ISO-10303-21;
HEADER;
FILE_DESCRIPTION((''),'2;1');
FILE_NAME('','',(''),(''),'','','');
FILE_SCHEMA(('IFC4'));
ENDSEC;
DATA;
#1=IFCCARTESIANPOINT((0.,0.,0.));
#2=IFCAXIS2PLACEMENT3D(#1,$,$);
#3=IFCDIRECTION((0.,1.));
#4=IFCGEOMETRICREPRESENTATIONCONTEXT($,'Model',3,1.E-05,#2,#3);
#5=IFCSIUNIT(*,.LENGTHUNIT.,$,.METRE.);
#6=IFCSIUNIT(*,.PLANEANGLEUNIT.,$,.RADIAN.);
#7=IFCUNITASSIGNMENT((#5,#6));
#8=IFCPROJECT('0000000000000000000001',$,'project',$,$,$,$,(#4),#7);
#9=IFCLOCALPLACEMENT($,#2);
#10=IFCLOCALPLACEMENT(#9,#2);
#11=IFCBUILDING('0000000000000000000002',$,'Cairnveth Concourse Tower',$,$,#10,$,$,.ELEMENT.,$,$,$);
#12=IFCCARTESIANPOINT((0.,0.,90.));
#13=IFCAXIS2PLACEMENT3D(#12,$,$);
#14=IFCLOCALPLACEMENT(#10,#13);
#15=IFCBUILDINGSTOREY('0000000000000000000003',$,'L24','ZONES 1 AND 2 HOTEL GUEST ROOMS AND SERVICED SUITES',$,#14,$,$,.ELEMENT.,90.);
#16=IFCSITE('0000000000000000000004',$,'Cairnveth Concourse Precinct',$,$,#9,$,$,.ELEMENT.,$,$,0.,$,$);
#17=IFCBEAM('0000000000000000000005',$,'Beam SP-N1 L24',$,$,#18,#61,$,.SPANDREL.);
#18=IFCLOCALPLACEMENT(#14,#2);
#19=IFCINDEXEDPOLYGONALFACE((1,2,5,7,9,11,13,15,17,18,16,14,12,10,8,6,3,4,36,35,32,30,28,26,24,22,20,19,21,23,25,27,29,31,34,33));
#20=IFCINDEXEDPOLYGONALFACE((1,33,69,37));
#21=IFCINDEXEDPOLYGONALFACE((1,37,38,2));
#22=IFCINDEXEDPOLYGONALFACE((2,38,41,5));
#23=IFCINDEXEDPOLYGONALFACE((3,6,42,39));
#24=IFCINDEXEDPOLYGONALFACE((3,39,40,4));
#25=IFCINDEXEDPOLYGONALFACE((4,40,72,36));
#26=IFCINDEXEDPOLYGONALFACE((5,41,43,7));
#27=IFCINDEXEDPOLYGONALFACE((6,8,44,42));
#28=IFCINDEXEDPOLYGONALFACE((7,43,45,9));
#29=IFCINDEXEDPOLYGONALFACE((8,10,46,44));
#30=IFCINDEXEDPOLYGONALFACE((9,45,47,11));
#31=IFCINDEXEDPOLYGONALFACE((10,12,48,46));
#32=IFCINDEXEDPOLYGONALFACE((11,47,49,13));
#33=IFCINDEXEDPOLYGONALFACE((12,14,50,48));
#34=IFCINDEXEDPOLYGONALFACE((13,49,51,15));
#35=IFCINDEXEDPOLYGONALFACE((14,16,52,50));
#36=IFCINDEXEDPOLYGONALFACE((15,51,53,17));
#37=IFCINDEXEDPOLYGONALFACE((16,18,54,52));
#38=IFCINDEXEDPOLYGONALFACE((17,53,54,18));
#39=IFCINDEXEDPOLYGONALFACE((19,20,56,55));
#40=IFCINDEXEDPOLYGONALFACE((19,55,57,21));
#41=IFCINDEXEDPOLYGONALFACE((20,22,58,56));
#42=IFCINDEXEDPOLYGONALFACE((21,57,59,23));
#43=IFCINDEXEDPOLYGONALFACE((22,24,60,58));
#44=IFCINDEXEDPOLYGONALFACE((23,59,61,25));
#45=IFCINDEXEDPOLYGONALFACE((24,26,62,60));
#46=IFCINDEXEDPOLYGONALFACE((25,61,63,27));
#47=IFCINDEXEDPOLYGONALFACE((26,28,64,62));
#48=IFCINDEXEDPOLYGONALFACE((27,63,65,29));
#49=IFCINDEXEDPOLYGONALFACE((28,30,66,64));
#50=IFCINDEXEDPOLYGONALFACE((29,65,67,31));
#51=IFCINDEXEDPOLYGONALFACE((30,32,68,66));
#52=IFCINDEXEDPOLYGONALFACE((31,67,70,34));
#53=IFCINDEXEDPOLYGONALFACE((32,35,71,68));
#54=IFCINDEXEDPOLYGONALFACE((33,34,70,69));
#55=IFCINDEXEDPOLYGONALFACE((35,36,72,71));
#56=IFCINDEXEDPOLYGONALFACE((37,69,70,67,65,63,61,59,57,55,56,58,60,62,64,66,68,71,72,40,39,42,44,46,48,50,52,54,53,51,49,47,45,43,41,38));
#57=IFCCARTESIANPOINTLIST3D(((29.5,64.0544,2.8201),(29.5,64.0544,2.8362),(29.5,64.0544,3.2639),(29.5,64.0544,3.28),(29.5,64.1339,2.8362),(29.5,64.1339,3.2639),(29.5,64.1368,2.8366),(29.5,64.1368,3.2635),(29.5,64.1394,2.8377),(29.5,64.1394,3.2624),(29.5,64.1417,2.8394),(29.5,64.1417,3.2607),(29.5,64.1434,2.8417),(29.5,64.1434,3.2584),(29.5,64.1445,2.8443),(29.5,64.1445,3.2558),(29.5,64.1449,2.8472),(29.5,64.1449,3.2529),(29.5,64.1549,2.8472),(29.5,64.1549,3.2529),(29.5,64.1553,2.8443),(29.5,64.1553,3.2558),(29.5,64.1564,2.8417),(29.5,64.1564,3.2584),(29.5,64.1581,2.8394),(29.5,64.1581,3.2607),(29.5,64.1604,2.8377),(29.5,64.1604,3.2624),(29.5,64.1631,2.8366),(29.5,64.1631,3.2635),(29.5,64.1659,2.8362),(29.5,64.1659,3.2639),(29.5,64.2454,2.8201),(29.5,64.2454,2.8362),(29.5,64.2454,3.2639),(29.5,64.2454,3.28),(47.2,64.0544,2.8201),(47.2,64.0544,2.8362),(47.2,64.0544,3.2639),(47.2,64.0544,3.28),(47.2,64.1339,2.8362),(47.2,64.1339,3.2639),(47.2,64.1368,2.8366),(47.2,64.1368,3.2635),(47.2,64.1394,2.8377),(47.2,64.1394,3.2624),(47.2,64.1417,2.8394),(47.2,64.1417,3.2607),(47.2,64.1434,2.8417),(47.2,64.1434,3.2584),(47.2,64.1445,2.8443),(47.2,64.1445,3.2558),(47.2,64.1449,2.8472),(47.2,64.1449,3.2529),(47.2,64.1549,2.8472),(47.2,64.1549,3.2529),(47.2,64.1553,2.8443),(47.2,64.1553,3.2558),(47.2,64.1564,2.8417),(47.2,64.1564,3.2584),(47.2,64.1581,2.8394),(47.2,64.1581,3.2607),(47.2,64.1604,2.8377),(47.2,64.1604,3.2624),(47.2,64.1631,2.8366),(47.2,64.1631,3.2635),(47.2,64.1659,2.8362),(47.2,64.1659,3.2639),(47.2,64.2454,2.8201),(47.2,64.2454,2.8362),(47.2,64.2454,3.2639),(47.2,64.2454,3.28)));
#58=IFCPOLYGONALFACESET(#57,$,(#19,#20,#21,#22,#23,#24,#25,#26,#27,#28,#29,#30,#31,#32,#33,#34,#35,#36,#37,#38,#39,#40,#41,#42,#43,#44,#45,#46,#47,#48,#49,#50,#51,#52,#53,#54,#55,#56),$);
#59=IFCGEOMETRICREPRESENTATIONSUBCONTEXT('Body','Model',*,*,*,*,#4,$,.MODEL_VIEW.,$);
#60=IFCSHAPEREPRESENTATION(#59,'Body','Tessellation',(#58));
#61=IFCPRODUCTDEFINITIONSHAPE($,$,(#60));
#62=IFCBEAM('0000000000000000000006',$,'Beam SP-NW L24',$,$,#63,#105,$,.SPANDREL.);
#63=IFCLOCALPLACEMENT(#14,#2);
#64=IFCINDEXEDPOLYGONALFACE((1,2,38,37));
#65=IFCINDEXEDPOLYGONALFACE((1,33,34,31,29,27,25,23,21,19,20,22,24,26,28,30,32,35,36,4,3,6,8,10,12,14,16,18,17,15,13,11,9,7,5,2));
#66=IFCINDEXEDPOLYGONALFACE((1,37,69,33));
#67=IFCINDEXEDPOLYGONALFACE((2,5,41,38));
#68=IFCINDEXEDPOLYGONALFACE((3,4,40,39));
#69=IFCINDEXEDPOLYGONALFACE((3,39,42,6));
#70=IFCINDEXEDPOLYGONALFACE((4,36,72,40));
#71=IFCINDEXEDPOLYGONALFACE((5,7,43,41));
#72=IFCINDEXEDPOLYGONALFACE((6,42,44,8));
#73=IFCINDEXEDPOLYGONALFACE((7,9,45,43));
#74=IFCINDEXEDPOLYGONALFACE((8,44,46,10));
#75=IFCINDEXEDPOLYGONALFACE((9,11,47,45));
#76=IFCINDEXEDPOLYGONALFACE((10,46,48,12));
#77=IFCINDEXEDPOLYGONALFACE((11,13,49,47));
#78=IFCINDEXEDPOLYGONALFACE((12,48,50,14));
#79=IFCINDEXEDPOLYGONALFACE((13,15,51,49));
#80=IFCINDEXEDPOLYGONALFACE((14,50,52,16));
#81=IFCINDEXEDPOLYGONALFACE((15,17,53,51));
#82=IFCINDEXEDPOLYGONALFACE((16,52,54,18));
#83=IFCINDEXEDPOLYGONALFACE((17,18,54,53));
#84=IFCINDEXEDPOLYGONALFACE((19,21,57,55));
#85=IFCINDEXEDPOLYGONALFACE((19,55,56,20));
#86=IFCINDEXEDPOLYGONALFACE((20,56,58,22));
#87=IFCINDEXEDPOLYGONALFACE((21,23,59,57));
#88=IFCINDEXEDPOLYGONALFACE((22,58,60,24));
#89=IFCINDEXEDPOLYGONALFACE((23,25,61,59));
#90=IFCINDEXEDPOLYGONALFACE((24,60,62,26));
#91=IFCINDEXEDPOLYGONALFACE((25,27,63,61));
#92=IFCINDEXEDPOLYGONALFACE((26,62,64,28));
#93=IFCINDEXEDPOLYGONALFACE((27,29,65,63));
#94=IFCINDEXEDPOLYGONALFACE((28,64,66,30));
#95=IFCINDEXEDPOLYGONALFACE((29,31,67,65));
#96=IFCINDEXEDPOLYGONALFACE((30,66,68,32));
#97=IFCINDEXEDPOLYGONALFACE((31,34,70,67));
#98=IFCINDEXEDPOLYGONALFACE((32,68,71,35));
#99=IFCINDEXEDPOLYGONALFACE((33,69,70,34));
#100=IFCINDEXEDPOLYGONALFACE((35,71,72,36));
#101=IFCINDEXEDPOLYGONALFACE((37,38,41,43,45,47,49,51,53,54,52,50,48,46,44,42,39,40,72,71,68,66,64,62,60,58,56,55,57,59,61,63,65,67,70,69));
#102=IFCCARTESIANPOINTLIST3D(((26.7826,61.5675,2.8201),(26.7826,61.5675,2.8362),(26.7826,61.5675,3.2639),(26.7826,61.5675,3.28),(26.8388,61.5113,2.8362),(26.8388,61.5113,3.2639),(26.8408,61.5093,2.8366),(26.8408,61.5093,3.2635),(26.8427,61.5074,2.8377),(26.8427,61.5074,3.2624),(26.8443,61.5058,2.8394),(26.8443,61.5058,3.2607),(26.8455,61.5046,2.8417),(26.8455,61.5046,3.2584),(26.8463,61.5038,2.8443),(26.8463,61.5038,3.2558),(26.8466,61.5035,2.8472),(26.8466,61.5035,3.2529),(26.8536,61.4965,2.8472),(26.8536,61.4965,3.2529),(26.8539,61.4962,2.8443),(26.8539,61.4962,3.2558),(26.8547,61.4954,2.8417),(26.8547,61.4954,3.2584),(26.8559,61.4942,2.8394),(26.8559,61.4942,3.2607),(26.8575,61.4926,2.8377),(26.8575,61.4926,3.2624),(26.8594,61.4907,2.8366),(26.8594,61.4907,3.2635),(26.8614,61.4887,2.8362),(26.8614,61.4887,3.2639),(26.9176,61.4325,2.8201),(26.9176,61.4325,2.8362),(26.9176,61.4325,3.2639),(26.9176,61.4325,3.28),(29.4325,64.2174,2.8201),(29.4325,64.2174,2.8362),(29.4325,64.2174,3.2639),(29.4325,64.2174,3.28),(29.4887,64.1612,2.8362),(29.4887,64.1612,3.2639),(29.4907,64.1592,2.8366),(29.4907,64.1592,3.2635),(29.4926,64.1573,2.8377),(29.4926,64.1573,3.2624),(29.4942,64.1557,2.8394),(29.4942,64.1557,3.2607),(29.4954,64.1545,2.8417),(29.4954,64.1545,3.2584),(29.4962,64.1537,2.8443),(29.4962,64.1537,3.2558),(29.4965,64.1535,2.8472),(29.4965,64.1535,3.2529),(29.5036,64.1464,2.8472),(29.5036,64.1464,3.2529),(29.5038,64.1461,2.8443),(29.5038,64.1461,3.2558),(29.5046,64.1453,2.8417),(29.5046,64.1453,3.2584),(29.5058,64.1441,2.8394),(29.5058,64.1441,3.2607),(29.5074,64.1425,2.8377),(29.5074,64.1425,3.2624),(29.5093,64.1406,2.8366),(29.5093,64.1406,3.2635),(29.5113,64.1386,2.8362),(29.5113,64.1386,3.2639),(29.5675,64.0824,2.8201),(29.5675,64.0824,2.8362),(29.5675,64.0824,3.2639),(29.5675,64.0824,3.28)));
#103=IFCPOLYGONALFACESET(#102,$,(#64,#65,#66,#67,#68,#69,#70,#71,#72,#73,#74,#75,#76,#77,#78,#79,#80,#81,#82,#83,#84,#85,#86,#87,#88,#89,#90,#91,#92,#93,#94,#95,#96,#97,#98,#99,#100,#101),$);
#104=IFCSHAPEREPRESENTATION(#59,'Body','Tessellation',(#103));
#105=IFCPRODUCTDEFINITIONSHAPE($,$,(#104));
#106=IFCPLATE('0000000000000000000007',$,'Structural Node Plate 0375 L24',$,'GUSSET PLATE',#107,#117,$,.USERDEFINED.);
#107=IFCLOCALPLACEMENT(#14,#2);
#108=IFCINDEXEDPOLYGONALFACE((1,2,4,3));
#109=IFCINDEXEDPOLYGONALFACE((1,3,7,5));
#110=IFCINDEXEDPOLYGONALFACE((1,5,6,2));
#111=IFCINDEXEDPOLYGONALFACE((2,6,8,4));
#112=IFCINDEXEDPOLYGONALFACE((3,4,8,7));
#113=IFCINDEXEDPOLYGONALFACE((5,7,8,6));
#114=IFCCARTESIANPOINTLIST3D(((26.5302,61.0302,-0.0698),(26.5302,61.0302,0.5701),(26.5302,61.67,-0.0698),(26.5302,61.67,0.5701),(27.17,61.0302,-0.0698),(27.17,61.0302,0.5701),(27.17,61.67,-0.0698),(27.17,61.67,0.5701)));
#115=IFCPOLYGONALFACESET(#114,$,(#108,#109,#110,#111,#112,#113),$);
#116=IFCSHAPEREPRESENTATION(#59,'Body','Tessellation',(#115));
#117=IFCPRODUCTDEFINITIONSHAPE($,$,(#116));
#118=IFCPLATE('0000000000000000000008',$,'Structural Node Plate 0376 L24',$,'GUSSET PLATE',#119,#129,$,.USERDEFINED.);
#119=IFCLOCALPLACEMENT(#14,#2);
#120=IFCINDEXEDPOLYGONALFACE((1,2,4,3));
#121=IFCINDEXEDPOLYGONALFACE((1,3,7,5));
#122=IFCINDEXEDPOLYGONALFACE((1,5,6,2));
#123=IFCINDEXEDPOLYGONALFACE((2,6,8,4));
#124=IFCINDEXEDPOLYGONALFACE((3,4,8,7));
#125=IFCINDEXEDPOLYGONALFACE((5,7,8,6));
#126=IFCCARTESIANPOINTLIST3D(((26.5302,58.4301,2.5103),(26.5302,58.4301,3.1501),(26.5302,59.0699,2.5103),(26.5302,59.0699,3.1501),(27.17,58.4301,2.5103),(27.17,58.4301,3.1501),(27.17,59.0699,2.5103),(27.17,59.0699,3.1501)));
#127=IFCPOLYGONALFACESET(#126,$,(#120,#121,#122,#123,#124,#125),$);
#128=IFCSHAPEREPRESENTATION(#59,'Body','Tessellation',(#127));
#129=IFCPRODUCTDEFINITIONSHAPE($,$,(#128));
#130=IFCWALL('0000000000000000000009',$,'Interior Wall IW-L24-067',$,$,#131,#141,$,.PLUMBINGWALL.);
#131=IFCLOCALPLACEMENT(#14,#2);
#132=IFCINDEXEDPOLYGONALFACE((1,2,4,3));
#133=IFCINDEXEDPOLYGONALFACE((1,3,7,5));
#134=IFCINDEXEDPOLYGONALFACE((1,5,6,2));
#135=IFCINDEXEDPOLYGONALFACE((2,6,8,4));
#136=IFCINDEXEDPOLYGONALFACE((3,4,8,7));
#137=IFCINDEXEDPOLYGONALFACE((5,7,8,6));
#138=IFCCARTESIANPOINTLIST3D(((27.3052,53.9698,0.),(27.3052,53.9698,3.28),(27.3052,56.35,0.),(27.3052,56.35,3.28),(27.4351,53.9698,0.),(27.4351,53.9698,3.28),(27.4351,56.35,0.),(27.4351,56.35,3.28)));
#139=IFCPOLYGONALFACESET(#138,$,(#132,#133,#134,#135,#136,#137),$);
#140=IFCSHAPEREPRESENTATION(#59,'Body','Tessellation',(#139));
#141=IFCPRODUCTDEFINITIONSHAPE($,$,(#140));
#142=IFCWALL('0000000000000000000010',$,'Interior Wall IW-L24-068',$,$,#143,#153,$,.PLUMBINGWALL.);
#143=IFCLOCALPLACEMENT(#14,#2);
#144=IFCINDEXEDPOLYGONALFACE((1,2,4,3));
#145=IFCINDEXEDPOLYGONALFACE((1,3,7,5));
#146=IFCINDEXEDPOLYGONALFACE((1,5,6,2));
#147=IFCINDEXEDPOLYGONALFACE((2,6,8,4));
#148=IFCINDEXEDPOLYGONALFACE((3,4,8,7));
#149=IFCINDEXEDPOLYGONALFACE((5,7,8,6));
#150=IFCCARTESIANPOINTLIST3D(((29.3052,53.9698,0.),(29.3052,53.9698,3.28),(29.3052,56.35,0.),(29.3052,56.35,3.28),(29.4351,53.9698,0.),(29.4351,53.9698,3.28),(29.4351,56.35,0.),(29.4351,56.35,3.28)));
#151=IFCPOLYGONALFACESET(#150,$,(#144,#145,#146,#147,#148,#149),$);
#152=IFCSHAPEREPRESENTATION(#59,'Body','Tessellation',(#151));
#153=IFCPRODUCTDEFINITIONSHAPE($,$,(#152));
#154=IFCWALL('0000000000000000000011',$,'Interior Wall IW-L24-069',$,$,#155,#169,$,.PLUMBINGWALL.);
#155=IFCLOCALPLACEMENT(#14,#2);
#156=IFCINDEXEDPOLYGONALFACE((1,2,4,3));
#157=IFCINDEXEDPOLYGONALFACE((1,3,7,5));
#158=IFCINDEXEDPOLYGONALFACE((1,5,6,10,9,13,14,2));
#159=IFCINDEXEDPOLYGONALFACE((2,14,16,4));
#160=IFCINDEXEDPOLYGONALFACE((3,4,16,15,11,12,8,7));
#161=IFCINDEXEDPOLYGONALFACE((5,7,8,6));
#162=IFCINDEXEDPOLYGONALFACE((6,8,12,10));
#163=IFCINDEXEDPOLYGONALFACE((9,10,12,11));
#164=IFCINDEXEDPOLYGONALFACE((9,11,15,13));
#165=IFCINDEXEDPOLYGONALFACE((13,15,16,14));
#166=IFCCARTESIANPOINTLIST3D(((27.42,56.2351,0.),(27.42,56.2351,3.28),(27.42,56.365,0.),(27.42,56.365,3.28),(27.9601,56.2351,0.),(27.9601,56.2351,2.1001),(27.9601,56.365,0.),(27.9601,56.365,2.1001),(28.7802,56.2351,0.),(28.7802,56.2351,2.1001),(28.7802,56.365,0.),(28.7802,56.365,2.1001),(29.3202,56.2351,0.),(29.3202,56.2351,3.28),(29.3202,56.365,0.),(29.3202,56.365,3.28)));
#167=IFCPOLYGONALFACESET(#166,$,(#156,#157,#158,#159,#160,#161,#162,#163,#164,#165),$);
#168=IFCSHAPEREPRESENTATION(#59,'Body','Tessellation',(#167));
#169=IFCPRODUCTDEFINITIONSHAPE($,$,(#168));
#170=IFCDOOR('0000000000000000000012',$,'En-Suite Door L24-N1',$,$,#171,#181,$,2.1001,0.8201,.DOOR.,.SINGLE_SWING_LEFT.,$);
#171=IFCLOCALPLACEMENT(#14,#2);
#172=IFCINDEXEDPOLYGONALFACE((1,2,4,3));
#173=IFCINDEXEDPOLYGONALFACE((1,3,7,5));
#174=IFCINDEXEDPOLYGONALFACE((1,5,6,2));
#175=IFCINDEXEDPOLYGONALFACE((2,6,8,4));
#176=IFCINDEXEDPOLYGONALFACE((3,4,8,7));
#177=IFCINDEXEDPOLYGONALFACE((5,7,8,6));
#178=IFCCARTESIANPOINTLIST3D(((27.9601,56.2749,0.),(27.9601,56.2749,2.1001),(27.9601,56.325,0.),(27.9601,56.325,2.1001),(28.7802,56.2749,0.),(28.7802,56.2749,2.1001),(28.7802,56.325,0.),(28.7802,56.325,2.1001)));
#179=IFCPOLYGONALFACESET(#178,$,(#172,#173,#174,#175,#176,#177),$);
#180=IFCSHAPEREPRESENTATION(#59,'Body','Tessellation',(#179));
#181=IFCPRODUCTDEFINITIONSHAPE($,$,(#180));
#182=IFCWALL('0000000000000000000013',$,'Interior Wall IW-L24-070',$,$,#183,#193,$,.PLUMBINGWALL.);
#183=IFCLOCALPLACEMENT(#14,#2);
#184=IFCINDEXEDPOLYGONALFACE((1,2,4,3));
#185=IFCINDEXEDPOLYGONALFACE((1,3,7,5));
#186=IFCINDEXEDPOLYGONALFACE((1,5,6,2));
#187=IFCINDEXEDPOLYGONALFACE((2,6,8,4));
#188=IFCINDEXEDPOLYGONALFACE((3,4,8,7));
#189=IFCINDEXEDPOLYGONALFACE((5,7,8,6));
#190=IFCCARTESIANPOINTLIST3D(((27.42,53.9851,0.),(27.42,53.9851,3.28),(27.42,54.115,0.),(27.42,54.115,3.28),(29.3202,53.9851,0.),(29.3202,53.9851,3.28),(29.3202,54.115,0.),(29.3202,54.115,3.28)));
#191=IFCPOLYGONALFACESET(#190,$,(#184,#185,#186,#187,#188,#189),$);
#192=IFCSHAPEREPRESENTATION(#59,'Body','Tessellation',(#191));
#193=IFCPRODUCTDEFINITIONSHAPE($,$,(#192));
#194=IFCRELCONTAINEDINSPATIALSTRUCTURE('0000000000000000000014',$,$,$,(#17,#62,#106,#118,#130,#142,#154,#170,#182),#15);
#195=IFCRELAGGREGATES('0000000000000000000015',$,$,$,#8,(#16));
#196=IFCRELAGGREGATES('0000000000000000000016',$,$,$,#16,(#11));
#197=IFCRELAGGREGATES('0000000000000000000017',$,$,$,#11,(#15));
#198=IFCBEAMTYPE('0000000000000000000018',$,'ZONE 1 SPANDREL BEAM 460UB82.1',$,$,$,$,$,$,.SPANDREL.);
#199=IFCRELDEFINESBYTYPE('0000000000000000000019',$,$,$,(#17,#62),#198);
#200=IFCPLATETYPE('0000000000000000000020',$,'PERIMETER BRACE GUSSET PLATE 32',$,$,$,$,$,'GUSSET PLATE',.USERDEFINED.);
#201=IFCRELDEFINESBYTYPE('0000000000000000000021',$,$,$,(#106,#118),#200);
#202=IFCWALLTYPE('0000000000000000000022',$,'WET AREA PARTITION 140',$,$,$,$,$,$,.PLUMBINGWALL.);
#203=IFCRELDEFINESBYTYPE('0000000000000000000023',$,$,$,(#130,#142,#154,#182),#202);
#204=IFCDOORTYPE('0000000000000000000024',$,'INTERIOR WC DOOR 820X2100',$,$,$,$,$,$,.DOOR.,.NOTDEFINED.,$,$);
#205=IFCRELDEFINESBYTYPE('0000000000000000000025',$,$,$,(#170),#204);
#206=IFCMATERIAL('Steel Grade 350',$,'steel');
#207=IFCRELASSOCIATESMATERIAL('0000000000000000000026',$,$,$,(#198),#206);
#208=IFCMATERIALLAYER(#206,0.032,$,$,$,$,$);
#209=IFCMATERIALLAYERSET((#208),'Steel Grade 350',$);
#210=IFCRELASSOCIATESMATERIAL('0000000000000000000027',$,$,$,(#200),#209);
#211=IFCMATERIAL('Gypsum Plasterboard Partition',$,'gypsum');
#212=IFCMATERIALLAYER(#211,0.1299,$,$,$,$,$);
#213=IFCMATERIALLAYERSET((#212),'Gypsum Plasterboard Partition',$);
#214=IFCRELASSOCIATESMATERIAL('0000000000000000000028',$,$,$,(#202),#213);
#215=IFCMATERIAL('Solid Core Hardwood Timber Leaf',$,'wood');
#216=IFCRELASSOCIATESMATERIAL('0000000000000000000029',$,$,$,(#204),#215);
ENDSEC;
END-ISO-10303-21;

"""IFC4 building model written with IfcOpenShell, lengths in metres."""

from ifc_helpers import new_model, si_unit, direction, frame, frame_2d, origin, origin_2d, place, context, subcontext, project, spatial, rectangle, i_section, extrude, material, layer, layer_set, material_profile, profile_set, type_object, element, fill, save


model = new_model("IFC4")

# Units and contexts
model_context = context("Model", 3, precision=1e-05, world=origin(), true_north=direction((0.0, 1.0)))
body_context = subcontext(model_context, "Body", "Model", "MODEL_VIEW")
ifc_project = project(units=[si_unit("LENGTHUNIT", "METRE"), si_unit("PLANEANGLEUNIT", "RADIAN")], contexts=[model_context])

# Site, building, storey
site_placement = place(None, origin())
site = spatial("IfcSite", under=ifc_project, at=site_placement, Name="Cairnveth Concourse Precinct", CompositionType="ELEMENT", RefElevation=0.0)
building_placement = place(site_placement, origin())
building = spatial("IfcBuilding", under=site, at=building_placement, Name="Cairnveth Concourse Tower", CompositionType="ELEMENT")
storey_placement = place(building_placement, frame((0.0, 0.0, 90.0)))
storey = spatial("IfcBuildingStorey", under=building, at=storey_placement, Name="L24", Description="ZONES 1 AND 2 HOTEL GUEST ROOMS AND SERVICED SUITES", CompositionType="ELEMENT", Elevation=90.0)

# Shared definitions
ifc_material_1 = material(Name="Steel Grade 350", Category="steel")

# Beams
ifc_material_profile_1 = material_profile(ifc_material_1, i_section(OverallWidth=0.1909, OverallDepth=0.46, WebThickness=0.01, FlangeThickness=0.0161, FilletRadius=0.011, at=origin_2d()), Name="460UB82.1")
ifc_profile_set_1 = profile_set([ifc_material_profile_1], Name="Steel Grade 350")
beam_type_1 = type_object("IfcBeamType", Name="ZONE 1 SPANDREL BEAM 460UB82.1", PredefinedType="SPANDREL", material=ifc_profile_set_1)
beam_1_placement = place(storey_placement, frame((29.5, 64.1499, 3.05), z_axis=(1.0, 0.0, 0.0), x_axis=(0.0, 1.0, 0.0)))
element("IfcBeam", 1, at=beam_1_placement, inside=storey, type_object=beam_type_1, Name="Beam SP-N1 L24", PredefinedType="SPANDREL", context=body_context, shape_type="SweptSolid", body=[
    extrude(i_section(OverallWidth=0.1909, OverallDepth=0.46, WebThickness=0.01, FlangeThickness=0.0161, FilletRadius=0.011, at=origin_2d()), origin(), (0.0, 0.0, 1.0), 17.7),
])
beam_2_placement = place(storey_placement, frame((26.8501, 61.5, 3.05), z_axis=(0.707107, 0.707107, 0.0), x_axis=(-0.707107, 0.707107, 0.0)))
element("IfcBeam", 2, at=beam_2_placement, inside=storey, type_object=beam_type_1, Name="Beam SP-NW L24", PredefinedType="SPANDREL", context=body_context, shape_type="SweptSolid", body=[
    extrude(i_section(OverallWidth=0.1909, OverallDepth=0.46, WebThickness=0.01, FlangeThickness=0.0161, FilletRadius=0.011, at=origin_2d()), origin(), (0.0, 0.0, 1.0), 3.7476),
])

# Plates
ifc_layer_1 = layer(ifc_material_1, 0.032)
ifc_layer_set_1 = layer_set([ifc_layer_1], Name="Steel Grade 350")
plate_type = type_object("IfcPlateType", Name="PERIMETER BRACE GUSSET PLATE 32", ElementType="GUSSET PLATE", PredefinedType="USERDEFINED", material=ifc_layer_set_1)
for number, where, z_axis, x_axis, name in (
    (3, (26.8501, 61.3501, -0.0698), (0.0, 0.0, 1.0), (1.0, 0.0, 0.0), "Structural Node Plate 0375 L24"),
    (4, (26.8501, 58.75, 2.5103), (0.0, 0.0, 1.0), (1.0, 0.0, 0.0), "Structural Node Plate 0376 L24"),
):
    element("IfcPlate", number, at=place(storey_placement, frame(where, z_axis=z_axis, x_axis=x_axis)), inside=storey, type_object=plate_type, Name=name, ObjectType="GUSSET PLATE", PredefinedType="USERDEFINED", context=body_context, shape_type="SweptSolid", body=[
        extrude(rectangle(XDim=0.6399, YDim=0.6399, at=origin_2d()), origin(), (0.0, 0.0, 1.0), 0.6399),
    ])

# Walls
ifc_material_2 = material(Name="Gypsum Plasterboard Partition", Category="gypsum")
ifc_layer_2 = layer(ifc_material_2, 0.1299)
ifc_layer_set_2 = layer_set([ifc_layer_2], Name="Gypsum Plasterboard Partition")
wall_type_1 = type_object("IfcWallType", Name="WET AREA PARTITION 140", PredefinedType="PLUMBINGWALL", material=ifc_layer_set_2)
for number, where, z_axis, x_axis, name in (
    (5, (27.3701, 53.97, 0.0), (0.0, 0.0, 1.0), (0.0, 1.0, 0.0), "Interior Wall IW-L24-067"),
    (6, (29.3701, 53.97, 0.0), (0.0, 0.0, 1.0), (0.0, 1.0, 0.0), "Interior Wall IW-L24-068"),
):
    element("IfcWall", number, at=place(storey_placement, frame(where, z_axis=z_axis, x_axis=x_axis)), inside=storey, type_object=wall_type_1, Name=name, PredefinedType="PLUMBINGWALL", context=body_context, shape_type="SweptSolid", body=[
        extrude(rectangle(XDim=2.3801, YDim=0.1299, at=frame_2d((1.1899, 0.0))), origin(), (0.0, 0.0, 1.0), 3.28),
    ])

# Wall, opening, door
wall_1_placement = place(storey_placement, frame((27.4199, 56.3, 0.0), z_axis=(0.0, 0.0, 1.0), x_axis=(1.0, 0.0, 0.0)))
wall_1 = element("IfcWall", 7, at=wall_1_placement, inside=storey, type_object=wall_type_1, Name="Interior Wall IW-L24-069", PredefinedType="PLUMBINGWALL", context=body_context, shape_type="SweptSolid", body=[
    extrude(rectangle(XDim=1.9001, YDim=0.1299, at=frame_2d((0.9502, 0.0))), origin(), (0.0, 0.0, 1.0), 3.28),
])
opening_placement = place(wall_1_placement, frame((0.54, 0.0, 0.0)))
opening = element("IfcOpeningElement", 8, at=opening_placement, cuts=wall_1, PredefinedType="OPENING", context=body_context, shape_type="SweptSolid", body=[
    extrude(rectangle(XDim=0.8201, YDim=2.1001, at=frame_2d((0.4102, 1.05))), frame((0.0, 0.075, 0.0), z_axis=(0.0, -1.0, 0.0), x_axis=(1.0, 0.0, 0.0)), (0.0, 0.0, 1.0), 0.1499),
])
ifc_material_3 = material(Name="Solid Core Hardwood Timber Leaf", Category="wood")
door_type = type_object("IfcDoorType", Name="INTERIOR WC DOOR 820X2100", OperationType="NOTDEFINED", PredefinedType="DOOR", material=ifc_material_3)
door_placement = place(opening_placement, origin())
door = element("IfcDoor", 9, at=door_placement, inside=storey, type_object=door_type, Name="En-Suite Door L24-N1", OperationType="SINGLE_SWING_LEFT", OverallHeight=2.1001, OverallWidth=0.8201, PredefinedType="DOOR", context=body_context, shape_type="SweptSolid", body=[
    extrude(rectangle(XDim=0.8201, YDim=2.1001, at=frame_2d((0.4102, 1.05))), frame((0.0, 0.0249, 0.0), z_axis=(0.0, -1.0, 0.0), x_axis=(1.0, 0.0, 0.0)), (0.0, 0.0, 1.0), 0.05),
])
fill(opening, door)

# Wall
wall_2_placement = place(storey_placement, frame((27.4199, 54.05, 0.0), z_axis=(0.0, 0.0, 1.0), x_axis=(1.0, 0.0, 0.0)))
element("IfcWall", 10, at=wall_2_placement, inside=storey, type_object=wall_type_1, Name="Interior Wall IW-L24-070", PredefinedType="PLUMBINGWALL", context=body_context, shape_type="SweptSolid", body=[
    extrude(rectangle(XDim=1.9001, YDim=0.1299, at=frame_2d((0.9502, 0.0))), origin(), (0.0, 0.0, 1.0), 3.28),
])

save(model, "model.ifc")
